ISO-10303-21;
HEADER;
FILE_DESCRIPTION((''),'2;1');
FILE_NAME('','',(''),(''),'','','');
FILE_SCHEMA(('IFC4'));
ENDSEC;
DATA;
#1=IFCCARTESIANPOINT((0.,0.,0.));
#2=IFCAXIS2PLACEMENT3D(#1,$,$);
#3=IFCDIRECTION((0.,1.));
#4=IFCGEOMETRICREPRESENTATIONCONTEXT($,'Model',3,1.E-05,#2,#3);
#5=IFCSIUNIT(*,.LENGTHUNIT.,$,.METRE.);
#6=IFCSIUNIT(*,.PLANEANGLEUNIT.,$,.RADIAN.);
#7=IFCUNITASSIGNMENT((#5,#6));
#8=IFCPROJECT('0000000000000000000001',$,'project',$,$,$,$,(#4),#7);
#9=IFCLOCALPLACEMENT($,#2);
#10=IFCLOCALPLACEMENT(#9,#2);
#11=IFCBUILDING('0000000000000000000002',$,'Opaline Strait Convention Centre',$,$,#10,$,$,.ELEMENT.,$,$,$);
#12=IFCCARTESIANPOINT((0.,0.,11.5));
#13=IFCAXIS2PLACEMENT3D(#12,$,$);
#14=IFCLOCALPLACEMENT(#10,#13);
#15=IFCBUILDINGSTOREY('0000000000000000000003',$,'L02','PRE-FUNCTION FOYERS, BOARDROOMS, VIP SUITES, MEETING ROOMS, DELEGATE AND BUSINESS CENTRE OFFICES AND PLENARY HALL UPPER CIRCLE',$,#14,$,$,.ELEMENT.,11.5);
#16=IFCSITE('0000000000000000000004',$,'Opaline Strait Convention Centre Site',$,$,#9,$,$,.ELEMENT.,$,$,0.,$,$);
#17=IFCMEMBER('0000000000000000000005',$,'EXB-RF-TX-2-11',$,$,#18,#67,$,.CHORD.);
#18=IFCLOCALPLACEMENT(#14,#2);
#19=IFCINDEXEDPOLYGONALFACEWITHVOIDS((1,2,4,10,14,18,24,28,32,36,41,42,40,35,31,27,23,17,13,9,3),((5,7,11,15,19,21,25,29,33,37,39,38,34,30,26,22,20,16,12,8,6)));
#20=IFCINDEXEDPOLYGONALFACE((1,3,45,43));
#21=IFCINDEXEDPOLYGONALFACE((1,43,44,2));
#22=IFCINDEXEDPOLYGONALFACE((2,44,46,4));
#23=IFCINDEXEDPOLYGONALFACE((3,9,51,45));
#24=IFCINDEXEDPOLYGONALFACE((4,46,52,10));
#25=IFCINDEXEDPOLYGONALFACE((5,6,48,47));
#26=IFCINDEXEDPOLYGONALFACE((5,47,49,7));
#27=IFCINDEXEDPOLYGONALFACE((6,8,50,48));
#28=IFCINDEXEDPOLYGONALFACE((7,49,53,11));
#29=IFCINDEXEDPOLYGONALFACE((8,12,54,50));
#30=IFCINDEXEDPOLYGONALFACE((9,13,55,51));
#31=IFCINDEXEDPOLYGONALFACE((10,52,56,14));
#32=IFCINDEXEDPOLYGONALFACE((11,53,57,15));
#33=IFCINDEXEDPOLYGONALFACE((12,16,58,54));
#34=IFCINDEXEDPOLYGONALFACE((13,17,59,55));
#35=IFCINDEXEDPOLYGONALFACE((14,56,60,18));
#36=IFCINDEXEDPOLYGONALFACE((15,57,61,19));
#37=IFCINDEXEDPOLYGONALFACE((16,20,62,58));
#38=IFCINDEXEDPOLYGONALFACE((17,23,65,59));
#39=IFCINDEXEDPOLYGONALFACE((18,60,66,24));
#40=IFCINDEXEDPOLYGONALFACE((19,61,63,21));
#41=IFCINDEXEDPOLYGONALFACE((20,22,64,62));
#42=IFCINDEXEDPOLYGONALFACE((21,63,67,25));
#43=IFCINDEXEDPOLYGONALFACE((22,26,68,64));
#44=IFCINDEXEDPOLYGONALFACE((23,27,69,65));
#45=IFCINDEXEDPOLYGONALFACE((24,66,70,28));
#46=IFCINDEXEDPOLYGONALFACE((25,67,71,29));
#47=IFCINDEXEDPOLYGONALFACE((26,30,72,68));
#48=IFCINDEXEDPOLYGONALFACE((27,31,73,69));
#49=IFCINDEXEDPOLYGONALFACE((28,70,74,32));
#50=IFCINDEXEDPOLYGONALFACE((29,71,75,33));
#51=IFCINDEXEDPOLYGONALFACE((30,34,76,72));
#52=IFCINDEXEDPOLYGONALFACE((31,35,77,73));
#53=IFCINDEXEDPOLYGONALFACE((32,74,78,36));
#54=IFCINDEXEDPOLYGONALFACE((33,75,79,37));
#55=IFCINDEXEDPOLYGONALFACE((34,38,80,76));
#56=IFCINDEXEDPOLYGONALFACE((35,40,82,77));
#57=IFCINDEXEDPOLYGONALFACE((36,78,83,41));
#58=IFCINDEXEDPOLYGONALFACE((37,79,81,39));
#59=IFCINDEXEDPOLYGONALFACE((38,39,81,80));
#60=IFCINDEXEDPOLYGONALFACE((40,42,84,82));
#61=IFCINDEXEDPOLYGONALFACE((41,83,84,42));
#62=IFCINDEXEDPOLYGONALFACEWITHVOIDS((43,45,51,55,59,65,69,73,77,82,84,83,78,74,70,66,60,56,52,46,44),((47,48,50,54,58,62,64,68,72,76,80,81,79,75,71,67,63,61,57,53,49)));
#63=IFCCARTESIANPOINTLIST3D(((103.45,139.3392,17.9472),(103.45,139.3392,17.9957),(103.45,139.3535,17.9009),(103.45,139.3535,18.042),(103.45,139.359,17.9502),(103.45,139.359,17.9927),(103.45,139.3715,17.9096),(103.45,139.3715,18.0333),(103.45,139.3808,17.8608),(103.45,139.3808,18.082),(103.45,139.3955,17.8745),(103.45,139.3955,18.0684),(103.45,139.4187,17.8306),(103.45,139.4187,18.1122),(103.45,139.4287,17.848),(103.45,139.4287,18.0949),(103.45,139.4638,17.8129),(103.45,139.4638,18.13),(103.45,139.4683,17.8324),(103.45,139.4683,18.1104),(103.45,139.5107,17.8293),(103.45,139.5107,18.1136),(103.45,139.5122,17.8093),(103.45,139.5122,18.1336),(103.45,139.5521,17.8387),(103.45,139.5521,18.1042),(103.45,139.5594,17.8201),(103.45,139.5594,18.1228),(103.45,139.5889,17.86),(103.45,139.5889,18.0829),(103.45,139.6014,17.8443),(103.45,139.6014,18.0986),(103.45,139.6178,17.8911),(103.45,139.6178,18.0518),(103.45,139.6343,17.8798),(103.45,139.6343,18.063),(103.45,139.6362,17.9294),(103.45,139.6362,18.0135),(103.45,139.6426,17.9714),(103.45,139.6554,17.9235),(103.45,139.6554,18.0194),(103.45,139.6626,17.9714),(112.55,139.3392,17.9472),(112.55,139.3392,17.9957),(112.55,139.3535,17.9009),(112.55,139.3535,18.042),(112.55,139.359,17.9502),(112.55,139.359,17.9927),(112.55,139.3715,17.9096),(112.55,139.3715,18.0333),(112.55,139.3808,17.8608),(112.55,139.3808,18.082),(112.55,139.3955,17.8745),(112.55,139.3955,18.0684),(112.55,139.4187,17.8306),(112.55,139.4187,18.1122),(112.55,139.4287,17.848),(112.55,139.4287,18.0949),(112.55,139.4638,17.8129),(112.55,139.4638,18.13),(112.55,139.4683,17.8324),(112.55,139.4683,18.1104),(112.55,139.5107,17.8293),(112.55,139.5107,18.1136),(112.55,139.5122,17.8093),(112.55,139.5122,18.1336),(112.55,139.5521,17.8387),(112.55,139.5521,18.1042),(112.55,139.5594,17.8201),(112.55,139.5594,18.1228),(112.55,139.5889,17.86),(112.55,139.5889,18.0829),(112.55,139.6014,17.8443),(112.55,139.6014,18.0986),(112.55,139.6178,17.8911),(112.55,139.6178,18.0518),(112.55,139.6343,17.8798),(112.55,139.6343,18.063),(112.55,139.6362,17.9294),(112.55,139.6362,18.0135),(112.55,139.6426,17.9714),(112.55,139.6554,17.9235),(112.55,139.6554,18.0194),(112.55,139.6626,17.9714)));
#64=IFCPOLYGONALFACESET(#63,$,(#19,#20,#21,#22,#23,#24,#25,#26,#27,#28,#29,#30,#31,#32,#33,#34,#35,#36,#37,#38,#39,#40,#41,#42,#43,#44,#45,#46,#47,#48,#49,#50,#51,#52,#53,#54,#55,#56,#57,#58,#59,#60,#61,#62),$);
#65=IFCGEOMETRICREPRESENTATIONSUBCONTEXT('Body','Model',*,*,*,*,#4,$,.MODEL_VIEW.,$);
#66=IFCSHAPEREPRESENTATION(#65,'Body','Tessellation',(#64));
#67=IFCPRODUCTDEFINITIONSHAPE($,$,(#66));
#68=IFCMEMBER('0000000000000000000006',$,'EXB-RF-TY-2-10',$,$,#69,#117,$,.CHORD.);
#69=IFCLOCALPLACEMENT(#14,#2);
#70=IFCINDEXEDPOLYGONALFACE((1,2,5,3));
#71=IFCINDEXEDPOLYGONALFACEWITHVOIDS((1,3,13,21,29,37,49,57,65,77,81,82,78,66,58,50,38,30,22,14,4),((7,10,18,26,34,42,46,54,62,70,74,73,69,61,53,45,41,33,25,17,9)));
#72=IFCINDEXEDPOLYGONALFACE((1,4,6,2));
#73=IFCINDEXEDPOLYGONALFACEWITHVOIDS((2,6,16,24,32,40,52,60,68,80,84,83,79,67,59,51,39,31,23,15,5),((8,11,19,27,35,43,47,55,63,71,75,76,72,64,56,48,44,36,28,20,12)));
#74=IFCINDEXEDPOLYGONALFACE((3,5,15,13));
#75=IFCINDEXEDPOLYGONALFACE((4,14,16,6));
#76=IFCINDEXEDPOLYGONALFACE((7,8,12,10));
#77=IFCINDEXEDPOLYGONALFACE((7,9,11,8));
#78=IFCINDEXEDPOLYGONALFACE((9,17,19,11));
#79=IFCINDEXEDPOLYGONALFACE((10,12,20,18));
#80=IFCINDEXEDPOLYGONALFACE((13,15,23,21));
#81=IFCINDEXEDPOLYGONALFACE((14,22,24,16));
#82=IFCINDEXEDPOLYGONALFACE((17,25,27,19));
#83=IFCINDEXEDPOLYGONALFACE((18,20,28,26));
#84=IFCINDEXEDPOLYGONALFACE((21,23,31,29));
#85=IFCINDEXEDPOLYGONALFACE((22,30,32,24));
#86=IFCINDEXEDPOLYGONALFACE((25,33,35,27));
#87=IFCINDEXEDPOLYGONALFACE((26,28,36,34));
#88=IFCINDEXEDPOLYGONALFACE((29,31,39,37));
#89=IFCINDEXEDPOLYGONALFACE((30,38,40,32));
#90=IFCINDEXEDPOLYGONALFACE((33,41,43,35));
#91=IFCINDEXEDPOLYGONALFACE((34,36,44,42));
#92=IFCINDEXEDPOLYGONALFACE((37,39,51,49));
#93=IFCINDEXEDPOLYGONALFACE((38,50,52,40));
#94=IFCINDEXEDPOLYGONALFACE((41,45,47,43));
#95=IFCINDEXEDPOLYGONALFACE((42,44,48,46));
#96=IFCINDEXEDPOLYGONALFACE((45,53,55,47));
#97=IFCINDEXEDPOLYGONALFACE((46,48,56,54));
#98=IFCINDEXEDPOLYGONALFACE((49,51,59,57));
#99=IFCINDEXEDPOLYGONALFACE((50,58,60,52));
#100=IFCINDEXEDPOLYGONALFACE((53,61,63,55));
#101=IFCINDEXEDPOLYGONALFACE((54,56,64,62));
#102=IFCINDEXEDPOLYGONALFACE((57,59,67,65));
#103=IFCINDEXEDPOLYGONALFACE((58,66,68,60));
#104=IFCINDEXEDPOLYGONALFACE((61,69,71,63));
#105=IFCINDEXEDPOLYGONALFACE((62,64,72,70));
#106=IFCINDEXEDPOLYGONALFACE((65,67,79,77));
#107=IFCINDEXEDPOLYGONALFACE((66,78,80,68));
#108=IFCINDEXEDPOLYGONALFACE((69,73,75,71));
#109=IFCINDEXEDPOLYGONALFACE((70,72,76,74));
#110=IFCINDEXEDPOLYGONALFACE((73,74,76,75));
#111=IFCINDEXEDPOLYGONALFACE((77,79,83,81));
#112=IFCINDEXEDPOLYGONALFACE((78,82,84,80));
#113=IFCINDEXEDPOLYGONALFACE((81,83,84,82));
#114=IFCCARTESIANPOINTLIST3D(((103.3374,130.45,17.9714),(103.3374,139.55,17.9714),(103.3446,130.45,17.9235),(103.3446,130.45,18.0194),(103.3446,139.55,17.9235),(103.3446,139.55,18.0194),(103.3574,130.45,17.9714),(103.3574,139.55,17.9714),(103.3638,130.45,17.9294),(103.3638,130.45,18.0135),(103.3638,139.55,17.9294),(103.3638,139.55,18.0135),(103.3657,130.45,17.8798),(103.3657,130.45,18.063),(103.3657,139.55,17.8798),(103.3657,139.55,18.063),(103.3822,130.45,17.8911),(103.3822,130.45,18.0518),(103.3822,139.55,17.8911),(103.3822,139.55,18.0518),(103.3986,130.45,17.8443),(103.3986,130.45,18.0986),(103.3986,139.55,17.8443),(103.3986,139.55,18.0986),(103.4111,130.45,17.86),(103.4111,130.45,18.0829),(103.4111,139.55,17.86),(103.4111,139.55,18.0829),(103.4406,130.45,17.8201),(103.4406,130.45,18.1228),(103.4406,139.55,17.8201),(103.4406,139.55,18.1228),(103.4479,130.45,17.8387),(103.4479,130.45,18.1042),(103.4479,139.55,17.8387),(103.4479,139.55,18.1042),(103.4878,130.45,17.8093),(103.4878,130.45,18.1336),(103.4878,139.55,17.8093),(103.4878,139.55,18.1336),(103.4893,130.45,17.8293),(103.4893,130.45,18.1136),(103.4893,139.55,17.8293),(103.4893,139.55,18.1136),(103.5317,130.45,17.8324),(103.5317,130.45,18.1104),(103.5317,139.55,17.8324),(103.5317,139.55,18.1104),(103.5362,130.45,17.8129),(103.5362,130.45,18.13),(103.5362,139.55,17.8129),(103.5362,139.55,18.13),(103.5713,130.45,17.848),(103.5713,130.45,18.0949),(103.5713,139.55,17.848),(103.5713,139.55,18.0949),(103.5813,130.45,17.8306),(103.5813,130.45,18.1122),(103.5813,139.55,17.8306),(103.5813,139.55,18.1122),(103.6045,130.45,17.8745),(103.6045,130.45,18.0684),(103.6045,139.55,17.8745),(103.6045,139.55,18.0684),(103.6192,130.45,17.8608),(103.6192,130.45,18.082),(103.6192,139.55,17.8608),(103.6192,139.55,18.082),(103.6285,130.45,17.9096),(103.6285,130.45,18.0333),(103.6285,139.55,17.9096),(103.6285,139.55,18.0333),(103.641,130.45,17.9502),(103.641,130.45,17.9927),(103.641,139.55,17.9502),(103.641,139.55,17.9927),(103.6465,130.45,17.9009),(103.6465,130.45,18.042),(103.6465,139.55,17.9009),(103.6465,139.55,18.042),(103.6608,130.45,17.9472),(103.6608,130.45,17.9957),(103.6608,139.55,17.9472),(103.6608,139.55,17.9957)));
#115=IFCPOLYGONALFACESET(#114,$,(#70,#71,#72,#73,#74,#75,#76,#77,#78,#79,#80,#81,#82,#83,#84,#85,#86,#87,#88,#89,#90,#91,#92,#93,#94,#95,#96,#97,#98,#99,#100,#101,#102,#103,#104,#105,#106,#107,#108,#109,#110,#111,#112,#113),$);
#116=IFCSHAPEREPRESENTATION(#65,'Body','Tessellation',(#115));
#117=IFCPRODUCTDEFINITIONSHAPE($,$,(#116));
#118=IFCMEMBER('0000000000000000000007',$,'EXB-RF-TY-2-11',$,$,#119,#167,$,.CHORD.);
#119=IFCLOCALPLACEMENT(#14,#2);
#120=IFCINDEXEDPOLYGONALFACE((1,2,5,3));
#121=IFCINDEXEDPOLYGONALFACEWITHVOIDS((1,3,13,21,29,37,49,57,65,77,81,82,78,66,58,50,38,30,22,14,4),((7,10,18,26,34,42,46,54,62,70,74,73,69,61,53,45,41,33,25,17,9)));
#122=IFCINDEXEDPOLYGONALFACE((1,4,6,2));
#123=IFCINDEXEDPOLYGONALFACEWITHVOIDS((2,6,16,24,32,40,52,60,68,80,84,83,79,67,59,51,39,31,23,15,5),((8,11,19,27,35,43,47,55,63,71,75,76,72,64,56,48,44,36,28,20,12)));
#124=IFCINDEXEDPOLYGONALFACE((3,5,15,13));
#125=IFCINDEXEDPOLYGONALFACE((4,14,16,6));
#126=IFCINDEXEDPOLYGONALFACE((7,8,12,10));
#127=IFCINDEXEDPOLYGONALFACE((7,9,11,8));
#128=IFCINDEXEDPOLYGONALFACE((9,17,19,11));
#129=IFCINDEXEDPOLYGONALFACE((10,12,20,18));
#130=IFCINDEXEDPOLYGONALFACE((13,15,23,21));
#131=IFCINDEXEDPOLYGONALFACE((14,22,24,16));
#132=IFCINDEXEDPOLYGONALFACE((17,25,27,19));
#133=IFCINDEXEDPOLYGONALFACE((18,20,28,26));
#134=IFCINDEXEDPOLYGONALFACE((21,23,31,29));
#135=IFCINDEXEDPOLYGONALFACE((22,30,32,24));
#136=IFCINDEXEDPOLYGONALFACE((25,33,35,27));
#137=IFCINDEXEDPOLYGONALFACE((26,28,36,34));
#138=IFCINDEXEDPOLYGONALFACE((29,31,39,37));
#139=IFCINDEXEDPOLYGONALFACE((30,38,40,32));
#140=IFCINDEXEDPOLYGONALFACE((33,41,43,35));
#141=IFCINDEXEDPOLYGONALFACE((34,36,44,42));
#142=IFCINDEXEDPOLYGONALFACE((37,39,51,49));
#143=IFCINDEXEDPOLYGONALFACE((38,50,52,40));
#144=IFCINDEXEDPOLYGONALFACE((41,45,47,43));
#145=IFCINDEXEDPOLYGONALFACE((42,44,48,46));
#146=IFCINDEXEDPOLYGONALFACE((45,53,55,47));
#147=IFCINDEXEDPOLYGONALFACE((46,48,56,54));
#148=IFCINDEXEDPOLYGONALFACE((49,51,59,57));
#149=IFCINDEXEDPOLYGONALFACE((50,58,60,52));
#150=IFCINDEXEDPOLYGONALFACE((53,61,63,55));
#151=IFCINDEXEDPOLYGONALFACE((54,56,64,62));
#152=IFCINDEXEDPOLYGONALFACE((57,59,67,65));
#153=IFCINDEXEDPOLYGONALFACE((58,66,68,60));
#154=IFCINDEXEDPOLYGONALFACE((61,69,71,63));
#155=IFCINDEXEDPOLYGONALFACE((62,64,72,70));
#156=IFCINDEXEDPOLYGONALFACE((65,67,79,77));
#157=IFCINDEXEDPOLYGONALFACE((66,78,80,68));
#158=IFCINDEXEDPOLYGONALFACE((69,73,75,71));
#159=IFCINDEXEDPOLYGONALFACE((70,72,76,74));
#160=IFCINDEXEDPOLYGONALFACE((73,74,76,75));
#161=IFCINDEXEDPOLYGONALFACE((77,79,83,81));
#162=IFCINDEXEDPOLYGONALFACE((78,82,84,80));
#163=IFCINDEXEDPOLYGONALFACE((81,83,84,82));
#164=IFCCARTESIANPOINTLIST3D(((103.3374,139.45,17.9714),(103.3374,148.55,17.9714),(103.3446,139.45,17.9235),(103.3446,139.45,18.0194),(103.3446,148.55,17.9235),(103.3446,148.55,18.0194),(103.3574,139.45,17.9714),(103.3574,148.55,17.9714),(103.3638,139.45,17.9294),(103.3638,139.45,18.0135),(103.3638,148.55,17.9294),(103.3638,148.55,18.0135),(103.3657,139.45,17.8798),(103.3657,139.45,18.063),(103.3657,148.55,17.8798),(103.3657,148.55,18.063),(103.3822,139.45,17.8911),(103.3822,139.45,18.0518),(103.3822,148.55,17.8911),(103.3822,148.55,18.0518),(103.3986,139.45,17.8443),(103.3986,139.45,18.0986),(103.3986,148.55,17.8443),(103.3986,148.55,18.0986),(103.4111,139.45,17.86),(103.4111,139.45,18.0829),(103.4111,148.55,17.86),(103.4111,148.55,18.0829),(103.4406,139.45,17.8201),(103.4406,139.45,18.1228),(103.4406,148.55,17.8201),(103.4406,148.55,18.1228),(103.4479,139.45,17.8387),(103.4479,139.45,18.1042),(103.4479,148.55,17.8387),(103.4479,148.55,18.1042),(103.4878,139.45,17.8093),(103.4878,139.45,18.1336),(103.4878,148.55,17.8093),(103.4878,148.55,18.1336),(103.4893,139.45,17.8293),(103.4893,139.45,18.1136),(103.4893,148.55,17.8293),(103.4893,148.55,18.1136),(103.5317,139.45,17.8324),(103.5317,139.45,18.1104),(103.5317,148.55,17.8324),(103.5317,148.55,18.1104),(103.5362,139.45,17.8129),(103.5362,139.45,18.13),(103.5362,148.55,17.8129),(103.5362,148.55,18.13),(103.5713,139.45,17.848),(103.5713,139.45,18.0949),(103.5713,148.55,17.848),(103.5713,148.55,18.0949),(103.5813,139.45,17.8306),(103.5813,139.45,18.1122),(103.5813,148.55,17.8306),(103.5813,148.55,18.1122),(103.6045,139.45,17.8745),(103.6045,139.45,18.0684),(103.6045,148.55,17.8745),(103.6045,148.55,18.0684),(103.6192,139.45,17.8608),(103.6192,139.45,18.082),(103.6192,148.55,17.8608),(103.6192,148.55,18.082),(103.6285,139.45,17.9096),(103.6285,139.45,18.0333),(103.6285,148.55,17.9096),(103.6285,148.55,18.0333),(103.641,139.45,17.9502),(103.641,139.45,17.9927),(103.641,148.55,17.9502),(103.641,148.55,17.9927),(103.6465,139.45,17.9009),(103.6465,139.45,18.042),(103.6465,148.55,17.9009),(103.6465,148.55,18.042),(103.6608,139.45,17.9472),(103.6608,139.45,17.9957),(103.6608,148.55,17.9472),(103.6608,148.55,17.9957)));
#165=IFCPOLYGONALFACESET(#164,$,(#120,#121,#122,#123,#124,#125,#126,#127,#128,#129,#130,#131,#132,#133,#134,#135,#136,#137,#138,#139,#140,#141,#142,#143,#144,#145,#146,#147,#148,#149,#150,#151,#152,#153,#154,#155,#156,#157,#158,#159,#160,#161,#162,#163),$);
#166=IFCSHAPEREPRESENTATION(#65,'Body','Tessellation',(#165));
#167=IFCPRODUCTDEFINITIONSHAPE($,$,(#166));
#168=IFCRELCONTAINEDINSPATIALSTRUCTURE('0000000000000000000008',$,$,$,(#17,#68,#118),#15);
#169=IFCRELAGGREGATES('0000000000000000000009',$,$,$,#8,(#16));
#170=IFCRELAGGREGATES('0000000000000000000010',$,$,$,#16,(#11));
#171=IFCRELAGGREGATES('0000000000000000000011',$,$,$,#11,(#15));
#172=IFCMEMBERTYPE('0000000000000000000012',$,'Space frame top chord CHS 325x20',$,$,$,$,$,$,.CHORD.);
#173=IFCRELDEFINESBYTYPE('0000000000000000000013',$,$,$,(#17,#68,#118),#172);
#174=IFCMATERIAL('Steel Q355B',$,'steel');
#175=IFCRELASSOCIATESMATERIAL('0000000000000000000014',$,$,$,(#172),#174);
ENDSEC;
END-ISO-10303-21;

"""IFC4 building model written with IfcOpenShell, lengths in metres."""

from ifc_helpers import new_model, si_unit, direction, frame, origin, origin_2d, place, context, subcontext, project, spatial, hollow_circle, extrude, material, material_profile, profile_set, type_object, element, save


model = new_model("IFC4")

# Units and contexts
model_context = context("Model", 3, precision=1e-05, world=origin(), true_north=direction((0.0, 1.0)))
body_context = subcontext(model_context, "Body", "Model", "MODEL_VIEW")
ifc_project = project(units=[si_unit("LENGTHUNIT", "METRE"), si_unit("PLANEANGLEUNIT", "RADIAN")], contexts=[model_context])

# Site, building, storey
site_placement = place(None, origin())
site = spatial("IfcSite", under=ifc_project, at=site_placement, Name="Opaline Strait Convention Centre Site", CompositionType="ELEMENT", RefElevation=0.0)
building_placement = place(site_placement, origin())
building = spatial("IfcBuilding", under=site, at=building_placement, Name="Opaline Strait Convention Centre", CompositionType="ELEMENT")
storey_placement = place(building_placement, frame((0.0, 0.0, 11.5)))
storey = spatial("IfcBuildingStorey", under=building, at=storey_placement, Name="L02", Description="PRE-FUNCTION FOYERS, BOARDROOMS, VIP SUITES, MEETING ROOMS, DELEGATE AND BUSINESS CENTRE OFFICES AND PLENARY HALL UPPER CIRCLE", CompositionType="ELEMENT", Elevation=11.5)

# Members
ifc_material_1 = material(Name="Steel Q355B", Category="steel")
ifc_material_profile_1 = material_profile(ifc_material_1, hollow_circle(Radius=0.1626, WallThickness=0.02, at=origin_2d()), Name="CHS 325x20")
ifc_profile_set_1 = profile_set([ifc_material_profile_1], Name="Steel Q355B")
member_type_1 = type_object("IfcMemberType", Name="Space frame top chord CHS 325x20", PredefinedType="CHORD", material=ifc_profile_set_1)
for number, where, z_axis, x_axis, name in (
    (1, (103.45, 139.5, 17.9714), (1.0, 0.0, 0.0), (0.0, 1.0, 0.0), "EXB-RF-TX-2-11"),
    (2, (103.5, 130.45, 17.9714), (0.0, 1.0, 0.0), (-1.0, 0.0, 0.0), "EXB-RF-TY-2-10"),
    (3, (103.5, 139.45, 17.9714), (0.0, 1.0, 0.0), (-1.0, 0.0, 0.0), "EXB-RF-TY-2-11"),
):
    element("IfcMember", number, at=place(storey_placement, frame(where, z_axis=z_axis, x_axis=x_axis)), inside=storey, type_object=member_type_1, Name=name, PredefinedType="CHORD", context=body_context, shape_type="SweptSolid", body=[
        extrude(hollow_circle(Radius=0.1626, WallThickness=0.02, at=origin_2d()), origin(), (0.0, 0.0, 1.0), 9.1001),
    ])

save(model, "model.ifc")
